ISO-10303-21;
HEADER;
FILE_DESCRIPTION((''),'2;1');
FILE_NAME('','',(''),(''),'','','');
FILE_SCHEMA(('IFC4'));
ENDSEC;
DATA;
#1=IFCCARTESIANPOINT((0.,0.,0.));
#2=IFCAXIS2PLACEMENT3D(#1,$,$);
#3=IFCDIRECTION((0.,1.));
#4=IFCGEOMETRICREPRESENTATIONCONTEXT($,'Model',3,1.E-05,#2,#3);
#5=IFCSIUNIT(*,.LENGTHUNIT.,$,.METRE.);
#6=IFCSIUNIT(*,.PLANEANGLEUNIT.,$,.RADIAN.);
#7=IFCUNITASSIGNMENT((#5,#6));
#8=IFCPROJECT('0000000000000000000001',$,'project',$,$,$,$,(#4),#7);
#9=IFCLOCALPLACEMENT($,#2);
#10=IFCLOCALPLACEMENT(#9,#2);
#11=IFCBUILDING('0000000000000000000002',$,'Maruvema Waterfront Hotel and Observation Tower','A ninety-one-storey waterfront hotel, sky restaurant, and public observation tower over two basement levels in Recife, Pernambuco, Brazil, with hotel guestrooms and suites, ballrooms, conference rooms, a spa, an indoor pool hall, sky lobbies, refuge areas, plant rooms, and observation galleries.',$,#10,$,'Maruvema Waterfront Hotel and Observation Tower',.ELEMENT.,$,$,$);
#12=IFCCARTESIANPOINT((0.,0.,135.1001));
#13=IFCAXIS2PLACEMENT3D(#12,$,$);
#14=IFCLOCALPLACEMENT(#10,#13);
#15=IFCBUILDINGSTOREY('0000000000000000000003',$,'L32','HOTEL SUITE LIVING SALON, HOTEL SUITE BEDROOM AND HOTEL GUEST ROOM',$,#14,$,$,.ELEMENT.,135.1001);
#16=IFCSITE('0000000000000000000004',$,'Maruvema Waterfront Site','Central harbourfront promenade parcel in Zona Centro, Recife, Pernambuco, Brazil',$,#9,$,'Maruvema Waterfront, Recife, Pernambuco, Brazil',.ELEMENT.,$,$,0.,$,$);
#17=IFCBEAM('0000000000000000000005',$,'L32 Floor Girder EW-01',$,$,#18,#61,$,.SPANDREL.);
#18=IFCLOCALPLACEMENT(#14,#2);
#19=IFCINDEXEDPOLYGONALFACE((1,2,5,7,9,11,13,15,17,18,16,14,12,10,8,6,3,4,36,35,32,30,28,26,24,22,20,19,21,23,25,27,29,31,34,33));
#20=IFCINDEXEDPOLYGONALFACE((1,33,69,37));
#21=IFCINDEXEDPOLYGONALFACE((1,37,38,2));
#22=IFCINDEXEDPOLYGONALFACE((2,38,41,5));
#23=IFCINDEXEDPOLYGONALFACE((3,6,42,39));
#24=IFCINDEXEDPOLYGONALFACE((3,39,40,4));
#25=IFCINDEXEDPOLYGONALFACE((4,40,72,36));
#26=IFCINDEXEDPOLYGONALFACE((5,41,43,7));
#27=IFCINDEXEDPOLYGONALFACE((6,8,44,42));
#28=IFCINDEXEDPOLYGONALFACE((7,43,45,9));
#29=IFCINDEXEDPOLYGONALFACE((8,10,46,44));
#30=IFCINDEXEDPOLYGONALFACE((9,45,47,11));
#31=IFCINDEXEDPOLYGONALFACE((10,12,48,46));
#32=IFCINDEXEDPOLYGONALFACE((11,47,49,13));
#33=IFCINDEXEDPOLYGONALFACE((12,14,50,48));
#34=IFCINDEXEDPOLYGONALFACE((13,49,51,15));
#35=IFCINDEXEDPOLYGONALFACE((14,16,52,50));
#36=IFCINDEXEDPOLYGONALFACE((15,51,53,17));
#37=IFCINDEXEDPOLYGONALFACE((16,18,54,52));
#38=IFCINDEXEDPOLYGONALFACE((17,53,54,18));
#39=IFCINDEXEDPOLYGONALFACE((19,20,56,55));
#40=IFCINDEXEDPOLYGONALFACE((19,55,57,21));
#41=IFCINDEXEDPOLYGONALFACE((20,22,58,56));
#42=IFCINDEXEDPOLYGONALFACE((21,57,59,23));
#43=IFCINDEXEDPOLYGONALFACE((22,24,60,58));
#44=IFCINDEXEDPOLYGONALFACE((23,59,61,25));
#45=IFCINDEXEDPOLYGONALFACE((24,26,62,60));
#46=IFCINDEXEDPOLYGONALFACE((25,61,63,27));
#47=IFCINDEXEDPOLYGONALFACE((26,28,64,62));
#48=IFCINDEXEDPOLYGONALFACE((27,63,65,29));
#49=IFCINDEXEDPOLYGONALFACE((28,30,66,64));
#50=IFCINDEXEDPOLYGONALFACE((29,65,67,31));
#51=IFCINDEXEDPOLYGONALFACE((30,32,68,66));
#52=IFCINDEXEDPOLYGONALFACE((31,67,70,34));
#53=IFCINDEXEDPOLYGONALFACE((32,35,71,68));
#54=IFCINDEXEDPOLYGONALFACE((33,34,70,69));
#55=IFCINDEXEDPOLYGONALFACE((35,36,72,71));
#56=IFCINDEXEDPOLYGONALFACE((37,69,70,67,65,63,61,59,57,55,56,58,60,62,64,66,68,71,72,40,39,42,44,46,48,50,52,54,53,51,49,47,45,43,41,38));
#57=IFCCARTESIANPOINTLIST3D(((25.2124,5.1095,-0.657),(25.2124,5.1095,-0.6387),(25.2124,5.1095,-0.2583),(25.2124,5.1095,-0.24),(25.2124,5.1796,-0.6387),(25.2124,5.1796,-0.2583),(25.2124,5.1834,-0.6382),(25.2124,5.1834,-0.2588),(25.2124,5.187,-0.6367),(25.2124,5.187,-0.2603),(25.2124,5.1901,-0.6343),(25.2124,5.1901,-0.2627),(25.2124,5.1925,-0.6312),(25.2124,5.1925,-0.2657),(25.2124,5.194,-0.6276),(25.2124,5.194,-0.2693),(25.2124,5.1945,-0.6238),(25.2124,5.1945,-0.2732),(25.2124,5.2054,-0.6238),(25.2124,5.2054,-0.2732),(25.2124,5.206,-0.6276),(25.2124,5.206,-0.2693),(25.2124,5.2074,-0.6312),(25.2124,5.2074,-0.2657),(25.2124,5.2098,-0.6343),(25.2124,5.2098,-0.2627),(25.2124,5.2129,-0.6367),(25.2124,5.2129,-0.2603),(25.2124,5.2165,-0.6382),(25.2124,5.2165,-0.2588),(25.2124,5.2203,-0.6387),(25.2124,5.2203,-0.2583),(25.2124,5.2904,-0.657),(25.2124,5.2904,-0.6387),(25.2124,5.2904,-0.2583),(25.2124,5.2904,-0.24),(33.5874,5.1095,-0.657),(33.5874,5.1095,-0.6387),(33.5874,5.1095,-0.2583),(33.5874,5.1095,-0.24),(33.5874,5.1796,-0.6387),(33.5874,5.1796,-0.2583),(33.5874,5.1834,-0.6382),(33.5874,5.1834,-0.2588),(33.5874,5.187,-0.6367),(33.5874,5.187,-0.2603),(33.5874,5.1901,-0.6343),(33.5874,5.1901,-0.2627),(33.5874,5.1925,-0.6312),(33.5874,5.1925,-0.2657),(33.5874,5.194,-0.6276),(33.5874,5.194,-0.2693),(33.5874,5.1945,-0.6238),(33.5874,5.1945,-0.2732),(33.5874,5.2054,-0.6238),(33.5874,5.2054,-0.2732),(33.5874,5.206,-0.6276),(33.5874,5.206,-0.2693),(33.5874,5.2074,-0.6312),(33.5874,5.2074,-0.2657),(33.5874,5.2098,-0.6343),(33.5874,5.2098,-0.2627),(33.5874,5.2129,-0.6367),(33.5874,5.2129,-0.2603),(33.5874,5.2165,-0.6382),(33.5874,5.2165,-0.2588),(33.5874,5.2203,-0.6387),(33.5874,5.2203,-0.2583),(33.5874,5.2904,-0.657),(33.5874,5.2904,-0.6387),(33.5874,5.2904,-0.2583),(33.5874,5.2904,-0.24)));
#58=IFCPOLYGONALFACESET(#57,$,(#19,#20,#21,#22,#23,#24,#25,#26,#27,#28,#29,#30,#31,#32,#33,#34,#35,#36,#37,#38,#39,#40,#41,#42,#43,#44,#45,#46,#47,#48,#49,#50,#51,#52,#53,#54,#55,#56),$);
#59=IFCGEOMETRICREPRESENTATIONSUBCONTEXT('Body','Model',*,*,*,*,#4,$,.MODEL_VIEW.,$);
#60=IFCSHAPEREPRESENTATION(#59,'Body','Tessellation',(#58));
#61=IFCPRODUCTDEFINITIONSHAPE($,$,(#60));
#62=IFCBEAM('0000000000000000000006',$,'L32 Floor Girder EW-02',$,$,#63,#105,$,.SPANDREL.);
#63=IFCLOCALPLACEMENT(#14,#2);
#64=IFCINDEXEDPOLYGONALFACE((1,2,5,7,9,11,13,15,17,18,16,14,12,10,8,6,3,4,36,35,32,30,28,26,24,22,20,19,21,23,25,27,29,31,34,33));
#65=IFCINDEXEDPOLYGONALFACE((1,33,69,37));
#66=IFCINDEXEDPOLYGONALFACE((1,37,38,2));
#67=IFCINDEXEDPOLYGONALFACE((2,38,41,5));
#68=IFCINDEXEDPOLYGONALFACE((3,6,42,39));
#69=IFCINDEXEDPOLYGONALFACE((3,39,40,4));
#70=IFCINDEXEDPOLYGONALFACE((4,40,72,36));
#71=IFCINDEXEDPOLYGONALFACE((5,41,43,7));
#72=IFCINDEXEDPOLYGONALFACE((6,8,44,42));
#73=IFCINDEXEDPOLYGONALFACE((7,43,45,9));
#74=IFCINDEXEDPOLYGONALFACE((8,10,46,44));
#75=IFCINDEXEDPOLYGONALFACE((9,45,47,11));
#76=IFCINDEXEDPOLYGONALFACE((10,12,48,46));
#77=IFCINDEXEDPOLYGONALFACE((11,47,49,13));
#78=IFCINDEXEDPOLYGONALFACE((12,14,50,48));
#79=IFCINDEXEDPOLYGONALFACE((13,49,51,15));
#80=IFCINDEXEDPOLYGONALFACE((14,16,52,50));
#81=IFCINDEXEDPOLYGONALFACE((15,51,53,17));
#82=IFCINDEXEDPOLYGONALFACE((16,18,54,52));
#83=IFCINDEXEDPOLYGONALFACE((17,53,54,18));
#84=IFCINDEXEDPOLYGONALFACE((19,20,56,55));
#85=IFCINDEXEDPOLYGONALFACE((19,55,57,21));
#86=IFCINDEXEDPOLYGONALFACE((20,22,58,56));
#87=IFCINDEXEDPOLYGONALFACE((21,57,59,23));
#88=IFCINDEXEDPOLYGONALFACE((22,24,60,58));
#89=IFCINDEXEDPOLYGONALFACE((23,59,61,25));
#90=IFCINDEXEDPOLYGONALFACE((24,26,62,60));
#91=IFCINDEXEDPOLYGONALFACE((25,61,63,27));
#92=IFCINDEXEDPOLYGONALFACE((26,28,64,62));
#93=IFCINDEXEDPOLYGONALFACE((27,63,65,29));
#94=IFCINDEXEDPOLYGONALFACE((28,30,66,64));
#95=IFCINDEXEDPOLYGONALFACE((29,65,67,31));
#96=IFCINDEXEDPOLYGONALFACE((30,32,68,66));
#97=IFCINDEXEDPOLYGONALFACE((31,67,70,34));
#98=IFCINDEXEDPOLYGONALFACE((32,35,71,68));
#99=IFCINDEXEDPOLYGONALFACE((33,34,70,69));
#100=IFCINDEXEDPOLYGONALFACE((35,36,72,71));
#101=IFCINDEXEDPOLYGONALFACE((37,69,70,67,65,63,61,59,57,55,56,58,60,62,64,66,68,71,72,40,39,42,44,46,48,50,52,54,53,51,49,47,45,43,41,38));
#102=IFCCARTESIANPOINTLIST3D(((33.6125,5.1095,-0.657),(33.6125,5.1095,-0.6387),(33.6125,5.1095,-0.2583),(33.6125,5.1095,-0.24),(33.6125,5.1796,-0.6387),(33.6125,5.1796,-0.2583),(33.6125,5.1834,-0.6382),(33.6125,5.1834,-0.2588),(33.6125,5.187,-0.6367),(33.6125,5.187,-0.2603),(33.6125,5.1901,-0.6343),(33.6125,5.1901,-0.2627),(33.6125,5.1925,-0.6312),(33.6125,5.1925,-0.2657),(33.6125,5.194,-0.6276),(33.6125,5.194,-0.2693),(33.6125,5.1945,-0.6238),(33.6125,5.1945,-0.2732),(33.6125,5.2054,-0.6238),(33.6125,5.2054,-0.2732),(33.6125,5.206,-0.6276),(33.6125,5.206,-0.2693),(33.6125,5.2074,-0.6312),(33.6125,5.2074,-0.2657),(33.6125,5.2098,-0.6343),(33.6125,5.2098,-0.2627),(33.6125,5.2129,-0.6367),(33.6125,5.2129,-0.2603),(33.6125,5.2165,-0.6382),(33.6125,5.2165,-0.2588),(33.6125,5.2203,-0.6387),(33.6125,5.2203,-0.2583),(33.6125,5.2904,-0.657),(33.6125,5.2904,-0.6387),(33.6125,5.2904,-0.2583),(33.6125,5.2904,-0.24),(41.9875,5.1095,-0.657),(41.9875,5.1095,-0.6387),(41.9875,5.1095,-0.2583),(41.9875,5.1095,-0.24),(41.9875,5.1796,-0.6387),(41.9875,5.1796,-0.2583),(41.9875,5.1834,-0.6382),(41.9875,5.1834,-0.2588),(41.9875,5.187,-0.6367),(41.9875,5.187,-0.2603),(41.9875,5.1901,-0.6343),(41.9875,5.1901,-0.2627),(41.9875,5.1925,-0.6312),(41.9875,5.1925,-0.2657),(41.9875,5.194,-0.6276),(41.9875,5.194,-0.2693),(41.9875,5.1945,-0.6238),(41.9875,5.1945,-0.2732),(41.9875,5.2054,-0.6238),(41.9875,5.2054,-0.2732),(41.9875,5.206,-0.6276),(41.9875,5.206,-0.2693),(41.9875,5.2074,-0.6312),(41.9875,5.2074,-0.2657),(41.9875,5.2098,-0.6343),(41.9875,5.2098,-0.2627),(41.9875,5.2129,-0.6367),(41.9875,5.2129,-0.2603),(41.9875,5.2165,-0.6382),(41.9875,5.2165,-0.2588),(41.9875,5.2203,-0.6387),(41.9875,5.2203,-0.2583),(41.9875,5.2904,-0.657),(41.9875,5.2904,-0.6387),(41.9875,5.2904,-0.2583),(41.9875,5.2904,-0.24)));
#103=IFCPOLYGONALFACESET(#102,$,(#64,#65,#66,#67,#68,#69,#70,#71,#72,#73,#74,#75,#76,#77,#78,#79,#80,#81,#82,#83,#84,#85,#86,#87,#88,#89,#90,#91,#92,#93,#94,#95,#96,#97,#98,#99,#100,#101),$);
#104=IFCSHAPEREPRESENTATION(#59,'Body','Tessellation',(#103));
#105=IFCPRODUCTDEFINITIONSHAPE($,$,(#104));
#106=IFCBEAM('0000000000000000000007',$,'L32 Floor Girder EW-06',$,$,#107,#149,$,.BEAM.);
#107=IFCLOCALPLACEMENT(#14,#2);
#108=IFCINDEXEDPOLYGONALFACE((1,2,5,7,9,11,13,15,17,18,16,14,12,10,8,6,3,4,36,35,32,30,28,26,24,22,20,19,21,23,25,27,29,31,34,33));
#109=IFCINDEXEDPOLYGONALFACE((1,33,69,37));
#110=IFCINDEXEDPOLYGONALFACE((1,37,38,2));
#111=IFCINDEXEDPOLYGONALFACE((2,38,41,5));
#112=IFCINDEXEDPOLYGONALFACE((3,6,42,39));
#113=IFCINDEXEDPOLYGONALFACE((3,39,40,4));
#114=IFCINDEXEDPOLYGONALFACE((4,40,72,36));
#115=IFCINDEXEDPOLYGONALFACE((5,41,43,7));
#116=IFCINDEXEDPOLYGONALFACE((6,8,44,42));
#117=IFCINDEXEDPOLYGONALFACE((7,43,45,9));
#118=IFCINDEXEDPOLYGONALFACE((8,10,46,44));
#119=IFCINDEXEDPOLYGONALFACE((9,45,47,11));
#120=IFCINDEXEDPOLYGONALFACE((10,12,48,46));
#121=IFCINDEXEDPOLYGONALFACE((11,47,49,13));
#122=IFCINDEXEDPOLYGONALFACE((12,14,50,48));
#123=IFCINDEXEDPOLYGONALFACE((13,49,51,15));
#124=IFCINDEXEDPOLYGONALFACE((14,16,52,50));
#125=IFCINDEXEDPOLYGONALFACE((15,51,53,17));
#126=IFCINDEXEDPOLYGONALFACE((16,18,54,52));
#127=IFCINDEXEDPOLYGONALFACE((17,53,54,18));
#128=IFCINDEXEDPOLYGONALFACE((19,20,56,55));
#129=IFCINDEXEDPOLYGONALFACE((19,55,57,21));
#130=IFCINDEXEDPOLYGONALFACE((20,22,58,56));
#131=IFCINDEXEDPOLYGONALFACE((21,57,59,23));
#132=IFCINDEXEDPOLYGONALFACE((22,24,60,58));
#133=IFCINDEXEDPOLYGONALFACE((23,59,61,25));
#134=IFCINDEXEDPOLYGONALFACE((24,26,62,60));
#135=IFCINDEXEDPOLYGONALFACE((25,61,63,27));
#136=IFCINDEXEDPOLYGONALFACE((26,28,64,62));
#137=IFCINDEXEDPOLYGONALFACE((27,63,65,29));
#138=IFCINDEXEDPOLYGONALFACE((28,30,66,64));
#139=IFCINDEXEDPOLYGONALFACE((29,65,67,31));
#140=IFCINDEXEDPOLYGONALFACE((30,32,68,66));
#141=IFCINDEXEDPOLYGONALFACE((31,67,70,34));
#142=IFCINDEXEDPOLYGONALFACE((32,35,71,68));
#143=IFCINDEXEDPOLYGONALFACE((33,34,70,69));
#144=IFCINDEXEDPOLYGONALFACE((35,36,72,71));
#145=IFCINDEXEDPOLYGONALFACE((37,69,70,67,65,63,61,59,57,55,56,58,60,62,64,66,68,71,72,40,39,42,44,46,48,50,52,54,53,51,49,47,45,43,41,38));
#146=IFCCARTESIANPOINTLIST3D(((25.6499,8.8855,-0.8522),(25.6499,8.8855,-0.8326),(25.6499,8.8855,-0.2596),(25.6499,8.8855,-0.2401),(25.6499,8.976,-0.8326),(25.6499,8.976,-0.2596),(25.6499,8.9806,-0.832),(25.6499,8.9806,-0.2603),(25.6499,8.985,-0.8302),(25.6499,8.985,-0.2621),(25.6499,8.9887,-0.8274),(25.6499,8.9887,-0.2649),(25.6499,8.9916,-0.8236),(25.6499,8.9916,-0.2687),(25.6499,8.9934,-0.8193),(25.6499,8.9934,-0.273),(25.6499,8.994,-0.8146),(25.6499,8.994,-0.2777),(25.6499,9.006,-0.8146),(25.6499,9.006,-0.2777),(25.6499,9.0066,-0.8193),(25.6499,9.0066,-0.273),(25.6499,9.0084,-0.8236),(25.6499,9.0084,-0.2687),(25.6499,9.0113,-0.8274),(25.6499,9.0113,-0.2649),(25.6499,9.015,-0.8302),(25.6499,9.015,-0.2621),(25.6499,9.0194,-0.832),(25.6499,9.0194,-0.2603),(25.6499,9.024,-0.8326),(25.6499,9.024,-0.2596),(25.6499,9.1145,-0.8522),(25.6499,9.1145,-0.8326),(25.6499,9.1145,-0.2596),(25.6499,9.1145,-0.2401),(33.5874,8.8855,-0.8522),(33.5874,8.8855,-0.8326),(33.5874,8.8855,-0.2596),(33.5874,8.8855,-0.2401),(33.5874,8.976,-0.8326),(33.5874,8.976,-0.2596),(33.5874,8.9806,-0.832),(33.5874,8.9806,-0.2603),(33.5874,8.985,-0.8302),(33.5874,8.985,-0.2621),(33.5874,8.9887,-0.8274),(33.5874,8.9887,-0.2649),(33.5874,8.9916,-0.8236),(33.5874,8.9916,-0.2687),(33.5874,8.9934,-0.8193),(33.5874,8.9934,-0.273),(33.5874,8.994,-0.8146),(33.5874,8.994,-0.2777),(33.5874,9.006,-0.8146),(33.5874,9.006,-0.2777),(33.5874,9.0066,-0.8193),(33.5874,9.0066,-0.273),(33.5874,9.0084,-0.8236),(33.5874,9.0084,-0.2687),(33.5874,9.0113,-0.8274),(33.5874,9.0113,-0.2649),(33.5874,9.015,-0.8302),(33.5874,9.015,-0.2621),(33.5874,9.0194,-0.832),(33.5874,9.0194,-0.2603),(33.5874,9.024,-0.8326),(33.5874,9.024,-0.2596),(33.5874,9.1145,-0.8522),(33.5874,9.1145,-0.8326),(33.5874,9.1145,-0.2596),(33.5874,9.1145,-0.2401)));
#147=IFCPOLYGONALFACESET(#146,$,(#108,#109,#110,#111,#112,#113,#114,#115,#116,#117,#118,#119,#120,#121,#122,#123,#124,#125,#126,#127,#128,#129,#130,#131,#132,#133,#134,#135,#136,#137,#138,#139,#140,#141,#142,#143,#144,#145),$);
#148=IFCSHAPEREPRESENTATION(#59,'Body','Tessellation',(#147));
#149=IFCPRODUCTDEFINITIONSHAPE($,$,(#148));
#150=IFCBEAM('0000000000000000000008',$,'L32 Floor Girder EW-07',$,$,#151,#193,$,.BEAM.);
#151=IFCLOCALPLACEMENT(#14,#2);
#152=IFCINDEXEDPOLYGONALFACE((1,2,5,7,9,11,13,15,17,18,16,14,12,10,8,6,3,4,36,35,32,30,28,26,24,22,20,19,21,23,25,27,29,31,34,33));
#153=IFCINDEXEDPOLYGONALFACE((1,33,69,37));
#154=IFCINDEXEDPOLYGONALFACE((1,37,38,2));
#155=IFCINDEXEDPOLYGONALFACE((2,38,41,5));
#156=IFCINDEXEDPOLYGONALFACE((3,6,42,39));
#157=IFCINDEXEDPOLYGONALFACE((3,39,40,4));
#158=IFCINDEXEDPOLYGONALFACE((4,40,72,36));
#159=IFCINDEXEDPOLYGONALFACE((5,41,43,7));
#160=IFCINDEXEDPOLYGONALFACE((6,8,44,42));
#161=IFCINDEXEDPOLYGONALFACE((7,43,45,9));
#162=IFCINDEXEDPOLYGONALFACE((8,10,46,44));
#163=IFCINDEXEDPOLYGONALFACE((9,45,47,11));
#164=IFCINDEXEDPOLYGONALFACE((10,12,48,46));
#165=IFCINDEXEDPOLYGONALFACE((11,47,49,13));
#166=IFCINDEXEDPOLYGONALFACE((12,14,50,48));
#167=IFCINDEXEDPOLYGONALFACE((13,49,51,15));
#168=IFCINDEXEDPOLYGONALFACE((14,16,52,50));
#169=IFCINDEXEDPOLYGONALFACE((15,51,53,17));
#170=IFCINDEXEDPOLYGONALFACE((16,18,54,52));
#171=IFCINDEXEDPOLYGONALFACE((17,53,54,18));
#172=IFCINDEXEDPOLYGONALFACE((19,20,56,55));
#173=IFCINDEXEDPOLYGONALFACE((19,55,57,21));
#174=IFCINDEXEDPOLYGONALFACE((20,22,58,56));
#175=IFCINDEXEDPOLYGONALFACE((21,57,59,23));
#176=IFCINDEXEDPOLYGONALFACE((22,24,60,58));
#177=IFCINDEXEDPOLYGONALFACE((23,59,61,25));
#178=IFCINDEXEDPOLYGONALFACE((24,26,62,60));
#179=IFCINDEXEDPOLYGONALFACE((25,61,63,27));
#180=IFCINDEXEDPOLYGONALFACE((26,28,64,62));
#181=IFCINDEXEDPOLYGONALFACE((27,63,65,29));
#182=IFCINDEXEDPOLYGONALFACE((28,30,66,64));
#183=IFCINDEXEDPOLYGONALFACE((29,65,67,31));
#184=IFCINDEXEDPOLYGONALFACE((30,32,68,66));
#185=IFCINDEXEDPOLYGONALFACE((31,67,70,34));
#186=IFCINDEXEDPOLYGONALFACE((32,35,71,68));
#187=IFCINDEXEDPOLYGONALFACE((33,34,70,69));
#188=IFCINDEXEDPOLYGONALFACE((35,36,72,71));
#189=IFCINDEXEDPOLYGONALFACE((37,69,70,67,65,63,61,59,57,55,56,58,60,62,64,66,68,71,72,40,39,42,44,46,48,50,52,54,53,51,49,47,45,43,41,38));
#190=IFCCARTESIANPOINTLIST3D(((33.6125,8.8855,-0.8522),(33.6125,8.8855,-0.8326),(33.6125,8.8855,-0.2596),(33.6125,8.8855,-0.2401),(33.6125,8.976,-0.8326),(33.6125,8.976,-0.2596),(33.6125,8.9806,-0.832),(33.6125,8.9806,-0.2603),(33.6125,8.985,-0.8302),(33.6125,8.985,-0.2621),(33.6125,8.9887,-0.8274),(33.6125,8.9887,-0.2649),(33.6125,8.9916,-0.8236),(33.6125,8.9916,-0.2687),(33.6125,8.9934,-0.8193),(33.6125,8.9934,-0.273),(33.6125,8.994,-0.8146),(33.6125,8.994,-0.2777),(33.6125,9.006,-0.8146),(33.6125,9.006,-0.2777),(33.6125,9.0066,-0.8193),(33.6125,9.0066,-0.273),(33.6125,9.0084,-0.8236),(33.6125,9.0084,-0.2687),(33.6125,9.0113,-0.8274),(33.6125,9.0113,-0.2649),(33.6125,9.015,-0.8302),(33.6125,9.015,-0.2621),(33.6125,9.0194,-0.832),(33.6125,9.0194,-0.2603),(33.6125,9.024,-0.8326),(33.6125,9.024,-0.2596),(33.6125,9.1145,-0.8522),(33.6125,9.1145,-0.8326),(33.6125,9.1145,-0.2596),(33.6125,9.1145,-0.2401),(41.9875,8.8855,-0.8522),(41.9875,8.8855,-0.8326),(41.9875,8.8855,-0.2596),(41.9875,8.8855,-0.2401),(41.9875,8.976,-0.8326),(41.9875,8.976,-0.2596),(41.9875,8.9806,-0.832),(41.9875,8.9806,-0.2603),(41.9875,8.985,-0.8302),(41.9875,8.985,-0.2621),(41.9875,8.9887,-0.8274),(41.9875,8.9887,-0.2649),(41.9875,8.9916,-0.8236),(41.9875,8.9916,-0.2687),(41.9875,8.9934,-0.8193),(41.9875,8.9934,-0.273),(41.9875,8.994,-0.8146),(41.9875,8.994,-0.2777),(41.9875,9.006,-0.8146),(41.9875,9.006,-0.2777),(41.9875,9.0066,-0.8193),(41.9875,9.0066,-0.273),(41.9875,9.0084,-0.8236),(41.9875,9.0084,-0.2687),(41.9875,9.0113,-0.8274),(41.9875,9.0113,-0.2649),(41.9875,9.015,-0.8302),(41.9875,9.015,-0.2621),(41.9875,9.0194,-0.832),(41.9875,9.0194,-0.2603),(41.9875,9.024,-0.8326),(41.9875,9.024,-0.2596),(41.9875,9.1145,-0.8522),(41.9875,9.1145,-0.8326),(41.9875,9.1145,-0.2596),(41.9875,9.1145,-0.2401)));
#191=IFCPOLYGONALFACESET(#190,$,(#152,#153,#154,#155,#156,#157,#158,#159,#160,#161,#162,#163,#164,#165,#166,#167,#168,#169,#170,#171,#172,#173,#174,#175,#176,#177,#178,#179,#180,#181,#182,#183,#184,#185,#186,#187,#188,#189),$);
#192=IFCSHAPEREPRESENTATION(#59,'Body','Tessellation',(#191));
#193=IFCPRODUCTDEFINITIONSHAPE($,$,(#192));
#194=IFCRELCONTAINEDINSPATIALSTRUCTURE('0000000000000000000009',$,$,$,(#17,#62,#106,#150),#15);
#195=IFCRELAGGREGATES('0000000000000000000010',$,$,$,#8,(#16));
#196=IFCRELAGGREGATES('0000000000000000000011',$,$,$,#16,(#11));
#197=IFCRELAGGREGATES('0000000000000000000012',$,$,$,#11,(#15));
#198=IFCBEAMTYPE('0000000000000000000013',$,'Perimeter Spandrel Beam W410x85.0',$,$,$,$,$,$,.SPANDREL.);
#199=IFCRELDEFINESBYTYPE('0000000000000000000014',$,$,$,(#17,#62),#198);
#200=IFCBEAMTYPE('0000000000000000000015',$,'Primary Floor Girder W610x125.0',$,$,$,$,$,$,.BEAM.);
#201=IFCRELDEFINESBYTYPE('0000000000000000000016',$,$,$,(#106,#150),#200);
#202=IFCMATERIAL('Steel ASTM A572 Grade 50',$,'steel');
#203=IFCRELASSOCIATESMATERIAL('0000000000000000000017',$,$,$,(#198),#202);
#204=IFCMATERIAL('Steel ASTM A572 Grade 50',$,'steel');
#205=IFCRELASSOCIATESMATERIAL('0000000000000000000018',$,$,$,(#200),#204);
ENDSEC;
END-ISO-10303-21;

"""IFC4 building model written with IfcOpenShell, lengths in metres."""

from ifc_helpers import new_model, si_unit, direction, frame, origin, origin_2d, place, context, subcontext, project, spatial, i_section, extrude, material, material_profile, profile_set, type_object, element, save


model = new_model("IFC4")

# Units and contexts
model_context = context("Model", 3, precision=1e-05, world=origin(), true_north=direction((0.0, 1.0)))
body_context = subcontext(model_context, "Body", "Model", "MODEL_VIEW")
ifc_project = project(units=[si_unit("LENGTHUNIT", "METRE"), si_unit("PLANEANGLEUNIT", "RADIAN")], contexts=[model_context])

# Site, building, storey
site_placement = place(None, origin())
site = spatial("IfcSite", under=ifc_project, at=site_placement, Name="Maruvema Waterfront Site", Description="Central harbourfront promenade parcel in Zona Centro, Recife, Pernambuco, Brazil", LongName="Maruvema Waterfront, Recife, Pernambuco, Brazil", CompositionType="ELEMENT", RefElevation=0.0)
building_placement = place(site_placement, origin())
building = spatial("IfcBuilding", under=site, at=building_placement, Name="Maruvema Waterfront Hotel and Observation Tower", Description="A ninety-one-storey waterfront hotel, sky restaurant, and public observation tower over two basement levels in Recife, Pernambuco, Brazil, with hotel guestrooms and suites, ballrooms, conference rooms, a spa, an indoor pool hall, sky lobbies, refuge areas, plant rooms, and observation galleries.", LongName="Maruvema Waterfront Hotel and Observation Tower", CompositionType="ELEMENT")
storey_placement = place(building_placement, frame((0.0, 0.0, 135.1001)))
storey = spatial("IfcBuildingStorey", under=building, at=storey_placement, Name="L32", Description="HOTEL SUITE LIVING SALON, HOTEL SUITE BEDROOM AND HOTEL GUEST ROOM", CompositionType="ELEMENT", Elevation=135.1001)

# Beams
ifc_material_1 = material(Name="Steel ASTM A572 Grade 50", Category="steel")
ifc_material_profile_1 = material_profile(ifc_material_1, i_section(OverallWidth=0.1809, OverallDepth=0.417, WebThickness=0.011, FlangeThickness=0.0183, FilletRadius=0.0149, at=origin_2d()), Name="W410x85.0")
ifc_profile_set_1 = profile_set([ifc_material_profile_1], Name="Steel ASTM A572 Grade 50")
beam_type_1 = type_object("IfcBeamType", Name="Perimeter Spandrel Beam W410x85.0", PredefinedType="SPANDREL", material=ifc_profile_set_1)
for number, where, z_axis, x_axis, name in (
    (1, (25.2124, 5.2, -0.4485), (1.0, 0.0, 0.0), (0.0, 1.0, 0.0), "L32 Floor Girder EW-01"),
    (2, (33.6125, 5.2, -0.4485), (1.0, 0.0, 0.0), (0.0, 1.0, 0.0), "L32 Floor Girder EW-02"),
):
    element("IfcBeam", number, at=place(storey_placement, frame(where, z_axis=z_axis, x_axis=x_axis)), inside=storey, type_object=beam_type_1, Name=name, PredefinedType="SPANDREL", context=body_context, shape_type="SweptSolid", body=[
        extrude(i_section(OverallWidth=0.1809, OverallDepth=0.417, WebThickness=0.011, FlangeThickness=0.0183, FilletRadius=0.0149, at=origin_2d()), origin(), (0.0, 0.0, 1.0), 8.375),
    ])
ifc_material_2 = material(Name="Steel ASTM A572 Grade 50", Category="steel")
ifc_material_profile_2 = material_profile(ifc_material_2, i_section(OverallWidth=0.229, OverallDepth=0.6121, WebThickness=0.012, FlangeThickness=0.0195, FilletRadius=0.0181, at=origin_2d()), Name="W610x125.0")
ifc_profile_set_2 = profile_set([ifc_material_profile_2], Name="Steel ASTM A572 Grade 50")
beam_type_2 = type_object("IfcBeamType", Name="Primary Floor Girder W610x125.0", PredefinedType="BEAM", material=ifc_profile_set_2)
beam_1_placement = place(storey_placement, frame((25.6499, 9.0, -0.5461), z_axis=(1.0, 0.0, 0.0), x_axis=(0.0, 1.0, 0.0)))
element("IfcBeam", 3, at=beam_1_placement, inside=storey, type_object=beam_type_2, Name="L32 Floor Girder EW-06", PredefinedType="BEAM", context=body_context, shape_type="SweptSolid", body=[
    extrude(i_section(OverallWidth=0.229, OverallDepth=0.6121, WebThickness=0.012, FlangeThickness=0.0195, FilletRadius=0.0181, at=origin_2d()), origin(), (0.0, 0.0, 1.0), 7.9375),
])
beam_2_placement = place(storey_placement, frame((33.6125, 9.0, -0.5461), z_axis=(1.0, 0.0, 0.0), x_axis=(0.0, 1.0, 0.0)))
element("IfcBeam", 4, at=beam_2_placement, inside=storey, type_object=beam_type_2, Name="L32 Floor Girder EW-07", PredefinedType="BEAM", context=body_context, shape_type="SweptSolid", body=[
    extrude(i_section(OverallWidth=0.229, OverallDepth=0.6121, WebThickness=0.012, FlangeThickness=0.0195, FilletRadius=0.0181, at=origin_2d()), origin(), (0.0, 0.0, 1.0), 8.375),
])

save(model, "model.ifc")
